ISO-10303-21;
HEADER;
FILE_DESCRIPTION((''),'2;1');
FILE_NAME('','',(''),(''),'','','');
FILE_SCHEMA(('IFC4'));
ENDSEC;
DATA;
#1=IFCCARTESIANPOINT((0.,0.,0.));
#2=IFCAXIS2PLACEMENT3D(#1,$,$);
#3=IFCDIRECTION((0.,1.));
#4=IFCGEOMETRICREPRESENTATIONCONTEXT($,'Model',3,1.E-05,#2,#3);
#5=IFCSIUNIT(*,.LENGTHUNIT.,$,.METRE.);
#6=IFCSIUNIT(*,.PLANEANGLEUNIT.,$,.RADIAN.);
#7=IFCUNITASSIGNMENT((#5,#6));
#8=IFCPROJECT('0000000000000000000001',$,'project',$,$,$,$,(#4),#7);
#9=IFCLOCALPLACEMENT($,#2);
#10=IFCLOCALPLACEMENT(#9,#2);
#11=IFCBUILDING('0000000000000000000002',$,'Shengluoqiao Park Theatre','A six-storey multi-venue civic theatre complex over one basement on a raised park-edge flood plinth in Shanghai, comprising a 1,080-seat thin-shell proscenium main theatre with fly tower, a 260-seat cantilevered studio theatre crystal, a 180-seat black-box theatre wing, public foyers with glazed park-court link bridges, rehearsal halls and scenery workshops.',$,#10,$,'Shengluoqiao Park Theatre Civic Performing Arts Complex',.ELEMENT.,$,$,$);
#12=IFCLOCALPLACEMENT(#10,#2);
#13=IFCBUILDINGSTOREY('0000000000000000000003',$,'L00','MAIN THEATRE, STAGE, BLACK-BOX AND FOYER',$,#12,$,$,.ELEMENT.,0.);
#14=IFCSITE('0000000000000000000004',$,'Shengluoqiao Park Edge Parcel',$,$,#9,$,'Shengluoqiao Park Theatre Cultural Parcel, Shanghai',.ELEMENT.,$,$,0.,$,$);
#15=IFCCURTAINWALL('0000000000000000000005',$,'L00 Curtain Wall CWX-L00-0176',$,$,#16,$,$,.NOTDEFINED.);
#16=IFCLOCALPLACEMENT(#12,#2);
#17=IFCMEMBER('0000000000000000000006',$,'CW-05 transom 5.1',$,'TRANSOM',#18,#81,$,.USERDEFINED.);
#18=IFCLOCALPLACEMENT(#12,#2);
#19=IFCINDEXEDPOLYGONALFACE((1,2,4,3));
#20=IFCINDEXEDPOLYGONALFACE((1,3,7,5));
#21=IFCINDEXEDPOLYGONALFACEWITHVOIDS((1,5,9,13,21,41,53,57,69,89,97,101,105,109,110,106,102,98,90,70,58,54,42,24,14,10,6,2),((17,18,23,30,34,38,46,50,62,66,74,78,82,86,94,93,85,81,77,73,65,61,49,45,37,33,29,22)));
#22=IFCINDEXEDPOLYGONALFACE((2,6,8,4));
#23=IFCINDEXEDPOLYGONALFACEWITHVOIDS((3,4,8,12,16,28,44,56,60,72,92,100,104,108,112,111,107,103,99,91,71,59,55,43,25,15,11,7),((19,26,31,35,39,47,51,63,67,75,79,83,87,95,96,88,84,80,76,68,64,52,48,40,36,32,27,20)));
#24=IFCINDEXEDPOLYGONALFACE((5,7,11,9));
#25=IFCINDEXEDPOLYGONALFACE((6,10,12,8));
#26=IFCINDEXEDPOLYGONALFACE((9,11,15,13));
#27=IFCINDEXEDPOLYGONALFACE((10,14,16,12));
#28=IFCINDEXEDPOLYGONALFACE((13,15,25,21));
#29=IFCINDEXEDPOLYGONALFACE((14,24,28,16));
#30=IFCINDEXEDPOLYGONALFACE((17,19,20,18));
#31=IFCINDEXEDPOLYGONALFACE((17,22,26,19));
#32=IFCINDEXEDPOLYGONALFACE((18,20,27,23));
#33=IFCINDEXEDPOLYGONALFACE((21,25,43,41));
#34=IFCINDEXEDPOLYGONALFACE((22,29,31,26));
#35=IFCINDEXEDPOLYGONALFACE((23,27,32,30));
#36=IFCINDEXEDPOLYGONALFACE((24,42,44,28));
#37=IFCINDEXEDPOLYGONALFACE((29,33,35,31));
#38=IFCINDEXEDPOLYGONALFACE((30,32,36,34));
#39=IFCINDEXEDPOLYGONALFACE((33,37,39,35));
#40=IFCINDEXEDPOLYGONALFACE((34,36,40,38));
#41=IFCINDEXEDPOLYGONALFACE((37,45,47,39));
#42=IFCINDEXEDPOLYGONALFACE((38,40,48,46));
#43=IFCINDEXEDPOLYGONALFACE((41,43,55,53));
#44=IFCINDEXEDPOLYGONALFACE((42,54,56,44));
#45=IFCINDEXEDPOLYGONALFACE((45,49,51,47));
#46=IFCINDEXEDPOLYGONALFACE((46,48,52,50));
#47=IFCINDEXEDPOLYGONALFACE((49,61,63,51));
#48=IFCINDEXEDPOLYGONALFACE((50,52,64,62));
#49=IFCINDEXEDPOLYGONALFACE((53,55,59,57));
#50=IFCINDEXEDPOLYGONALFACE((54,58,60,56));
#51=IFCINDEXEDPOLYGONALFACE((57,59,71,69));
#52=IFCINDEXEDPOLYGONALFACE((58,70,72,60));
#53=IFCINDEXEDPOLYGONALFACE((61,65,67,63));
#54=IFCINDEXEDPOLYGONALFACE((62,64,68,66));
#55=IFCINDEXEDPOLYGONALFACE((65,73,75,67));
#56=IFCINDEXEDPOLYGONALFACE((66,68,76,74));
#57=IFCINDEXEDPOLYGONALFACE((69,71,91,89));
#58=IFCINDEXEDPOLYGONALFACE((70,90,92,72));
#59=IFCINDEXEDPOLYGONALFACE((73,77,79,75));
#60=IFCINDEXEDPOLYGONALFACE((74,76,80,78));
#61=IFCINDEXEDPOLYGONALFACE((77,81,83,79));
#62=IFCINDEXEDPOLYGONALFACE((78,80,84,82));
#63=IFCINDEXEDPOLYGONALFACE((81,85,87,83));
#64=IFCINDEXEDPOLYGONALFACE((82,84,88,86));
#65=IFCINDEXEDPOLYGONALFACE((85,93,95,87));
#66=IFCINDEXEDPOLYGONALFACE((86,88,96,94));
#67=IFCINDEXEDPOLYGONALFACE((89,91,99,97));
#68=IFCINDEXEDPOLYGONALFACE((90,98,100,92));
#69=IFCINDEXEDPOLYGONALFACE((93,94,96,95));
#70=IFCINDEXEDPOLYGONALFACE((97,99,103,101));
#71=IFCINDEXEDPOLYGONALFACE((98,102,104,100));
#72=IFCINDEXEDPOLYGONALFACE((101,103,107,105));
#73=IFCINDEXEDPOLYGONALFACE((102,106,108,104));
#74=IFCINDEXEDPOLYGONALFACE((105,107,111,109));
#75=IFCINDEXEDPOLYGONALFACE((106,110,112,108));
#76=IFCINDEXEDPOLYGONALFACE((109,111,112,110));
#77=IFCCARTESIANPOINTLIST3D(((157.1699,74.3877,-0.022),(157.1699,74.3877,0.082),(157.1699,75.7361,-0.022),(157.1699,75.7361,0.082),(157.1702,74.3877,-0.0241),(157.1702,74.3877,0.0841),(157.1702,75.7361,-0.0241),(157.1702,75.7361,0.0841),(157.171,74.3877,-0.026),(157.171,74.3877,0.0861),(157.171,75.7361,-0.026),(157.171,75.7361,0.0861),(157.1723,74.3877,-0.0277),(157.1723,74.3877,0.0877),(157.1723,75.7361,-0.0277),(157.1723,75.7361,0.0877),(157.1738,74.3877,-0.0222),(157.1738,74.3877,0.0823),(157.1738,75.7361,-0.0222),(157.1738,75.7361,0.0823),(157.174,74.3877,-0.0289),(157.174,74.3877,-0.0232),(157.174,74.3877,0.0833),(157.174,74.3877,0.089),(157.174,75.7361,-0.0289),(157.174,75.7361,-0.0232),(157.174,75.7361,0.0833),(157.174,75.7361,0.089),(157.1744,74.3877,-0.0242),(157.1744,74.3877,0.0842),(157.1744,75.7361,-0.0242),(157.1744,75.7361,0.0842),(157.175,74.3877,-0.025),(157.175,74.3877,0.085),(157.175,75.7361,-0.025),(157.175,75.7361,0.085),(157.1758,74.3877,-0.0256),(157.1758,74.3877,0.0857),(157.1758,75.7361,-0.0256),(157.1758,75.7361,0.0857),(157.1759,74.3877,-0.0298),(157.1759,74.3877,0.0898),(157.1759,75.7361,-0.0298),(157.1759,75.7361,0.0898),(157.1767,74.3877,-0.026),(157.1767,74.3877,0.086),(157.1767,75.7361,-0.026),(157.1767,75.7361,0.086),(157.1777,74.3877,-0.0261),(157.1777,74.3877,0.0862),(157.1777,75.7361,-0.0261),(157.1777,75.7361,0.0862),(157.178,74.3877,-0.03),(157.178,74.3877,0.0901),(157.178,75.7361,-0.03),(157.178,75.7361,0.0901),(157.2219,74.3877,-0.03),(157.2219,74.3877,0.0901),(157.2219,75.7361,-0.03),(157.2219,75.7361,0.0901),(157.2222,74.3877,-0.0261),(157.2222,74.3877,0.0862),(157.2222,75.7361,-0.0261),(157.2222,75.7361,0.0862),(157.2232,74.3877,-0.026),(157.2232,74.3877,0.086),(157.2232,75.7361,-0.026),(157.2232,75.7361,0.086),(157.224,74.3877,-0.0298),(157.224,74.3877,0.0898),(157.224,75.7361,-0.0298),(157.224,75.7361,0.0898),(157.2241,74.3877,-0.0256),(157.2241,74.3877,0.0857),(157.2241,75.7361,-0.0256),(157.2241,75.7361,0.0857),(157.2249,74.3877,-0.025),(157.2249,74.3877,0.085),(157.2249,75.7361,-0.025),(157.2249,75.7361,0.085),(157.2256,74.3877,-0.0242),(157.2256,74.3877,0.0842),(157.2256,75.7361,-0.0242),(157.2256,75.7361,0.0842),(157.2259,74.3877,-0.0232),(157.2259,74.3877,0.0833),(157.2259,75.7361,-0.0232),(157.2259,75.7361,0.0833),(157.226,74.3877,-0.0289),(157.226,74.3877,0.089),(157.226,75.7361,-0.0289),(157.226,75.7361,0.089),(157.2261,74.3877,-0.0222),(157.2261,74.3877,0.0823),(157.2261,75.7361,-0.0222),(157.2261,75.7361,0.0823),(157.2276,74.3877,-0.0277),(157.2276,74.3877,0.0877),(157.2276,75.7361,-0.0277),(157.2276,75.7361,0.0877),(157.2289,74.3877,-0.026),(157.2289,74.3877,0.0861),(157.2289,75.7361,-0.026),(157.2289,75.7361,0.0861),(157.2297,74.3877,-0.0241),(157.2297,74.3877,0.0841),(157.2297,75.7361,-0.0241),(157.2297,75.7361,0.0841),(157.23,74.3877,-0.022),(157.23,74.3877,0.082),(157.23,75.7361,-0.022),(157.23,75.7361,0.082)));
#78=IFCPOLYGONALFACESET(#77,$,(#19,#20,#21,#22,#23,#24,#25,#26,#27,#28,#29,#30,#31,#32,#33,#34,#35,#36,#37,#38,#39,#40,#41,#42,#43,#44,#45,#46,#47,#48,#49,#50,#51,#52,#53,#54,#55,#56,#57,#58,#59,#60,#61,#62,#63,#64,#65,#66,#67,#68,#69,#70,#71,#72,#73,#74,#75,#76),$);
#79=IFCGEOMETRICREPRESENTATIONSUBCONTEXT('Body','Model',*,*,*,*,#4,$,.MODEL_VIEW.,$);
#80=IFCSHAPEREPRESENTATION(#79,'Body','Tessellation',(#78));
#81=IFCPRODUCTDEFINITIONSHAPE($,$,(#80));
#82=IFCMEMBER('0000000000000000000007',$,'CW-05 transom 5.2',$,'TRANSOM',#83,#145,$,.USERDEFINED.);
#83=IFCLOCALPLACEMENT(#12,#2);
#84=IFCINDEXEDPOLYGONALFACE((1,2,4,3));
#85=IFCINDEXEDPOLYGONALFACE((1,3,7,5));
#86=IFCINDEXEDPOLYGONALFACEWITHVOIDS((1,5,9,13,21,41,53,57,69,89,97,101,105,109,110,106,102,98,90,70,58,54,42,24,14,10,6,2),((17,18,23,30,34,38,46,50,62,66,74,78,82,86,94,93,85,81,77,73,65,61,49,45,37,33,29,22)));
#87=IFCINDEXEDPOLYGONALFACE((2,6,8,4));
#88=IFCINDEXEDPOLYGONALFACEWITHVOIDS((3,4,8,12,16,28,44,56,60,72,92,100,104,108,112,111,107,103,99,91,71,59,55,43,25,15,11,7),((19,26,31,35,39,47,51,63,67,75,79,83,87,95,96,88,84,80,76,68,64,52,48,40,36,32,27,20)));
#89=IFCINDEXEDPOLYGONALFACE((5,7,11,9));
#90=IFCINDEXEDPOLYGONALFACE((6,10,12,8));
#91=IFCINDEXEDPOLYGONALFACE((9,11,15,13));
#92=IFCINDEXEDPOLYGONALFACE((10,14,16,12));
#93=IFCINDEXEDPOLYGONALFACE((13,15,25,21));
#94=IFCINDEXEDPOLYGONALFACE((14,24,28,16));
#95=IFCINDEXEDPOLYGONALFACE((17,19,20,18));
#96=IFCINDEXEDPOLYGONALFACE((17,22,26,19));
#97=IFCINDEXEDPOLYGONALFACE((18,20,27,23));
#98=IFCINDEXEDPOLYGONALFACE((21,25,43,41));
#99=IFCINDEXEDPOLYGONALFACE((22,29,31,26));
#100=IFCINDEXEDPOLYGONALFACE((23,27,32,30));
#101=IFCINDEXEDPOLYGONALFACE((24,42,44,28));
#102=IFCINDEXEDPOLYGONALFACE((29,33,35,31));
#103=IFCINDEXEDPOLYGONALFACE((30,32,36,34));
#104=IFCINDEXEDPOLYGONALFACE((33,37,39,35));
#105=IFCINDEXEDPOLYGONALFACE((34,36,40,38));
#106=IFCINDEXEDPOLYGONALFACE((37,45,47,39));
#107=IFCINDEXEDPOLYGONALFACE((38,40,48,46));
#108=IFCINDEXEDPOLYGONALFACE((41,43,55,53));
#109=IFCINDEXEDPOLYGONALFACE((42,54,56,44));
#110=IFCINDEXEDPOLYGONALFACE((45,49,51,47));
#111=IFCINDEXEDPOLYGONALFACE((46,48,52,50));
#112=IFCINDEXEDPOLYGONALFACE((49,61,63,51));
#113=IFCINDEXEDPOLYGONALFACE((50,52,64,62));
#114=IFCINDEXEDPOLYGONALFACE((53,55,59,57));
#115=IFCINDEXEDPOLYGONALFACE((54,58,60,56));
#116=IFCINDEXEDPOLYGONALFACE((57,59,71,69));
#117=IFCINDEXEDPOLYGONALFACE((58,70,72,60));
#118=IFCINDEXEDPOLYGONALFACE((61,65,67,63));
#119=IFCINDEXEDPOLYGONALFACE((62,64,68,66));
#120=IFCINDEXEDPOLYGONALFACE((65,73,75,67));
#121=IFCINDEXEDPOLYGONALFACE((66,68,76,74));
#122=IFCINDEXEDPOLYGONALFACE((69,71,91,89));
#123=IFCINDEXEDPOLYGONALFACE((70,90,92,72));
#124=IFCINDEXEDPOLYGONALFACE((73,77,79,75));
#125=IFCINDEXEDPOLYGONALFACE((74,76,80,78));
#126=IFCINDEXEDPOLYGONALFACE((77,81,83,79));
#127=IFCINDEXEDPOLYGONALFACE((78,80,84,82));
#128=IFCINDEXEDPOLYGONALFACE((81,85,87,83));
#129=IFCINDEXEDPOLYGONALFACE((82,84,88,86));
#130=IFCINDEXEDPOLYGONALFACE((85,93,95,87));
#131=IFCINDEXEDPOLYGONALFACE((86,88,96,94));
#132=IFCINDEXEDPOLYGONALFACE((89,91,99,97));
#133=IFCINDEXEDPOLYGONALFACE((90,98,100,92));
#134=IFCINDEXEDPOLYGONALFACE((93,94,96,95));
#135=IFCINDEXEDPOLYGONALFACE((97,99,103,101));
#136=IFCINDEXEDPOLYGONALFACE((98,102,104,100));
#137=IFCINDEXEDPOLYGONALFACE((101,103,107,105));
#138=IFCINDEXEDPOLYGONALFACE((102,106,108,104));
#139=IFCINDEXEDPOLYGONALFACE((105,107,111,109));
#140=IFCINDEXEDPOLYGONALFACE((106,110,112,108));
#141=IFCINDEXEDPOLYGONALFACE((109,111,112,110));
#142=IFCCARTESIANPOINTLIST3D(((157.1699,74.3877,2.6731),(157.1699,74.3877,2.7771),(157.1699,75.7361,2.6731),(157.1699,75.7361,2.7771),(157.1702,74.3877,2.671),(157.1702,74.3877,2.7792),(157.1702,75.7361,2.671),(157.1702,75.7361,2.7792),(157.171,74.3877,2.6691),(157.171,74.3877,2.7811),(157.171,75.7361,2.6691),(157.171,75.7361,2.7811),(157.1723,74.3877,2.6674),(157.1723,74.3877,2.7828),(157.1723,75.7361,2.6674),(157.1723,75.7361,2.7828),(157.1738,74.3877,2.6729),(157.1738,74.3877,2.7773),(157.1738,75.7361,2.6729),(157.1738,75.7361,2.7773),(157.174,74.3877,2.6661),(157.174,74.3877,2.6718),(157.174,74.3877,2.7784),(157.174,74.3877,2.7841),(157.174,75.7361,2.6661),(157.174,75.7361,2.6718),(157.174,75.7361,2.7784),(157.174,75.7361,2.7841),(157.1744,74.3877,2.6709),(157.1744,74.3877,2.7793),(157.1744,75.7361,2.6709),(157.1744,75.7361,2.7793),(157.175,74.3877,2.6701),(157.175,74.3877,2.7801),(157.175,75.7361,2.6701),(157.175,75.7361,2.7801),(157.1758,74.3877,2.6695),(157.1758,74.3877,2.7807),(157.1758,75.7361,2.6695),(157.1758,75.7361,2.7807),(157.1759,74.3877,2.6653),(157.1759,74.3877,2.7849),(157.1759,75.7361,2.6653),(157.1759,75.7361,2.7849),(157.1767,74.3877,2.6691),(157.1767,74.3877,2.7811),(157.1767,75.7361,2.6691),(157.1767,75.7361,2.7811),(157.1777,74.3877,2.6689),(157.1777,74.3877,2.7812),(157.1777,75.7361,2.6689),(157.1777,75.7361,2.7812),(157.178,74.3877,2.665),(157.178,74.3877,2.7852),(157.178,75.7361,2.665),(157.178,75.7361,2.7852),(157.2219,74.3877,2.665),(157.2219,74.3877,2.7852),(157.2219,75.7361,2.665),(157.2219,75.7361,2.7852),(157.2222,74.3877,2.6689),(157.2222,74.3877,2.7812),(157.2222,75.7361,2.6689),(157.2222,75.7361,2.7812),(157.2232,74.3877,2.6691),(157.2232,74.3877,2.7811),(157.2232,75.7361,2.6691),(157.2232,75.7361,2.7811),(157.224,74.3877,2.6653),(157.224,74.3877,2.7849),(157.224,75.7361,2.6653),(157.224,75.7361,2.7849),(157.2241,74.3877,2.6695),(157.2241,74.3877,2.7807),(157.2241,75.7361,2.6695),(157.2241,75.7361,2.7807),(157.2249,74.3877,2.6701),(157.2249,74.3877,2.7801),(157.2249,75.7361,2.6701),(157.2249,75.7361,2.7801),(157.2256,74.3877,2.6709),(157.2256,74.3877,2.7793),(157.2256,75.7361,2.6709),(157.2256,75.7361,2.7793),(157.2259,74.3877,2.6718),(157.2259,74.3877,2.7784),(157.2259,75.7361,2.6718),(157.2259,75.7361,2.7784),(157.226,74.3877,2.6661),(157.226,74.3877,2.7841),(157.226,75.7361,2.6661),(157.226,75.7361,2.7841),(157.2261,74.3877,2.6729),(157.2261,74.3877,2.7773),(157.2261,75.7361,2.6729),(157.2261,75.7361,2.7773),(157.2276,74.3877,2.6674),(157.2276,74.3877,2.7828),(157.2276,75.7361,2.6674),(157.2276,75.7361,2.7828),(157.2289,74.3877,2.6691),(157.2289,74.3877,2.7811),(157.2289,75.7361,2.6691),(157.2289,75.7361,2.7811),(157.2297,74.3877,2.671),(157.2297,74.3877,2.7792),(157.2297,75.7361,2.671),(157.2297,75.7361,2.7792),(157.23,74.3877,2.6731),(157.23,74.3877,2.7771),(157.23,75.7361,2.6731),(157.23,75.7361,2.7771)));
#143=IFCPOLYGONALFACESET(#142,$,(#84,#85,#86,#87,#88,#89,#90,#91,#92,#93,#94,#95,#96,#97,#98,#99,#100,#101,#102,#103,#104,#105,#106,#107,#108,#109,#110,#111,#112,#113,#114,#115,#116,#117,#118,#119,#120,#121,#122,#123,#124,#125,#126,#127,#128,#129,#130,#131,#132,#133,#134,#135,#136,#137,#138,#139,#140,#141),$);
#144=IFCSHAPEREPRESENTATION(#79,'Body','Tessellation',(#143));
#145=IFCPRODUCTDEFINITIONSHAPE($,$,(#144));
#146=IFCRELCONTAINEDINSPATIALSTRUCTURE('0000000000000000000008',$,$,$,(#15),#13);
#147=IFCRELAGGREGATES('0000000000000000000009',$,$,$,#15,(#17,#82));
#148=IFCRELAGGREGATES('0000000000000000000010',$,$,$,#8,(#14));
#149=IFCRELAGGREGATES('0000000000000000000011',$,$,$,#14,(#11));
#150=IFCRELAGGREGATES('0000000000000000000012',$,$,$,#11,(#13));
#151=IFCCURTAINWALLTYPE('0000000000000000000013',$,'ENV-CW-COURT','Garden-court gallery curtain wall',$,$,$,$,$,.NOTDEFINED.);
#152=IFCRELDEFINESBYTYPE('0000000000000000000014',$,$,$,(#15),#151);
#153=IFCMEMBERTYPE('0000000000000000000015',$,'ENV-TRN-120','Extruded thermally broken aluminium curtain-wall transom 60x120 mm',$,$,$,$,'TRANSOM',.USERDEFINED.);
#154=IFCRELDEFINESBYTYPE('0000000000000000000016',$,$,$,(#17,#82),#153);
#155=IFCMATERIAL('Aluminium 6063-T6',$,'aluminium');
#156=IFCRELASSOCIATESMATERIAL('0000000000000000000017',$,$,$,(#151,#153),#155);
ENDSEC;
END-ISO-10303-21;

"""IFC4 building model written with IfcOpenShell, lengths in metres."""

from ifc_helpers import new_model, si_unit, direction, frame, origin, origin_2d, place, context, subcontext, project, spatial, hollow_rectangle, extrude, material, material_profile, profile_set, type_object, element, aggregate, save


model = new_model("IFC4")

# Units and contexts
model_context = context("Model", 3, precision=1e-05, world=origin(), true_north=direction((0.0, 1.0)))
body_context = subcontext(model_context, "Body", "Model", "MODEL_VIEW")
ifc_project = project(units=[si_unit("LENGTHUNIT", "METRE"), si_unit("PLANEANGLEUNIT", "RADIAN")], contexts=[model_context])

# Site, building, storey
site_placement = place(None, origin())
site = spatial("IfcSite", under=ifc_project, at=site_placement, Name="Shengluoqiao Park Edge Parcel", LongName="Shengluoqiao Park Theatre Cultural Parcel, Shanghai", CompositionType="ELEMENT", RefElevation=0.0)
building_placement = place(site_placement, origin())
building = spatial("IfcBuilding", under=site, at=building_placement, Name="Shengluoqiao Park Theatre", Description="A six-storey multi-venue civic theatre complex over one basement on a raised park-edge flood plinth in Shanghai, comprising a 1,080-seat thin-shell proscenium main theatre with fly tower, a 260-seat cantilevered studio theatre crystal, a 180-seat black-box theatre wing, public foyers with glazed park-court link bridges, rehearsal halls and scenery workshops.", LongName="Shengluoqiao Park Theatre Civic Performing Arts Complex", CompositionType="ELEMENT")
storey_placement = place(building_placement, origin())
storey = spatial("IfcBuildingStorey", under=building, at=storey_placement, Name="L00", Description="MAIN THEATRE, STAGE, BLACK-BOX AND FOYER", CompositionType="ELEMENT", Elevation=0.0)

# Curtain wall, members
ifc_material_1 = material(Name="Aluminium 6063-T6", Category="aluminium")
curtain_wall_type = type_object("IfcCurtainWallType", Name="ENV-CW-COURT", Description="Garden-court gallery curtain wall", PredefinedType="NOTDEFINED", material=ifc_material_1)
curtain_wall_placement = place(storey_placement, origin())
curtain_wall = element("IfcCurtainWall", 1, at=curtain_wall_placement, inside=storey, type_object=curtain_wall_type, Name="L00 Curtain Wall CWX-L00-0176", PredefinedType="NOTDEFINED")
ifc_material_profile_1 = material_profile(ifc_material_1, hollow_rectangle(XDim=0.0601, YDim=0.1201, WallThickness=0.0039, InnerFilletRadius=0.0039, OuterFilletRadius=0.0081, at=origin_2d()), Name="ALU TRANSOM 120x60x4")
ifc_profile_set_1 = profile_set([ifc_material_profile_1], Name="Aluminium 6063-T6")
member_type_1 = type_object("IfcMemberType", Name="ENV-TRN-120", Description="Extruded thermally broken aluminium curtain-wall transom 60x120 mm", ElementType="TRANSOM", PredefinedType="USERDEFINED", material=ifc_profile_set_1)
member_1_placement = place(storey_placement, frame((157.2, 74.3877, 0.03), z_axis=(0.0, 1.0, 0.0), x_axis=(-1.0, 0.0, 0.0)))
member_1 = element("IfcMember", 2, at=member_1_placement, type_object=member_type_1, Name="CW-05 transom 5.1", ObjectType="TRANSOM", PredefinedType="USERDEFINED", context=body_context, shape_type="SweptSolid", body=[
    extrude(hollow_rectangle(XDim=0.0601, YDim=0.1201, WallThickness=0.0039, InnerFilletRadius=0.0039, OuterFilletRadius=0.0081, at=origin_2d()), origin(), (0.0, 0.0, 1.0), 1.3484),
])
member_2_placement = place(storey_placement, frame((157.2, 74.3877, 2.7251), z_axis=(0.0, 1.0, 0.0), x_axis=(-1.0, 0.0, 0.0)))
member_2 = element("IfcMember", 3, at=member_2_placement, type_object=member_type_1, Name="CW-05 transom 5.2", ObjectType="TRANSOM", PredefinedType="USERDEFINED", context=body_context, shape_type="SweptSolid", body=[
    extrude(hollow_rectangle(XDim=0.0601, YDim=0.1201, WallThickness=0.0039, InnerFilletRadius=0.0039, OuterFilletRadius=0.0081, at=origin_2d()), origin(), (0.0, 0.0, 1.0), 1.3484),
])
aggregate(curtain_wall, [member_1, member_2])

save(model, "model.ifc")
